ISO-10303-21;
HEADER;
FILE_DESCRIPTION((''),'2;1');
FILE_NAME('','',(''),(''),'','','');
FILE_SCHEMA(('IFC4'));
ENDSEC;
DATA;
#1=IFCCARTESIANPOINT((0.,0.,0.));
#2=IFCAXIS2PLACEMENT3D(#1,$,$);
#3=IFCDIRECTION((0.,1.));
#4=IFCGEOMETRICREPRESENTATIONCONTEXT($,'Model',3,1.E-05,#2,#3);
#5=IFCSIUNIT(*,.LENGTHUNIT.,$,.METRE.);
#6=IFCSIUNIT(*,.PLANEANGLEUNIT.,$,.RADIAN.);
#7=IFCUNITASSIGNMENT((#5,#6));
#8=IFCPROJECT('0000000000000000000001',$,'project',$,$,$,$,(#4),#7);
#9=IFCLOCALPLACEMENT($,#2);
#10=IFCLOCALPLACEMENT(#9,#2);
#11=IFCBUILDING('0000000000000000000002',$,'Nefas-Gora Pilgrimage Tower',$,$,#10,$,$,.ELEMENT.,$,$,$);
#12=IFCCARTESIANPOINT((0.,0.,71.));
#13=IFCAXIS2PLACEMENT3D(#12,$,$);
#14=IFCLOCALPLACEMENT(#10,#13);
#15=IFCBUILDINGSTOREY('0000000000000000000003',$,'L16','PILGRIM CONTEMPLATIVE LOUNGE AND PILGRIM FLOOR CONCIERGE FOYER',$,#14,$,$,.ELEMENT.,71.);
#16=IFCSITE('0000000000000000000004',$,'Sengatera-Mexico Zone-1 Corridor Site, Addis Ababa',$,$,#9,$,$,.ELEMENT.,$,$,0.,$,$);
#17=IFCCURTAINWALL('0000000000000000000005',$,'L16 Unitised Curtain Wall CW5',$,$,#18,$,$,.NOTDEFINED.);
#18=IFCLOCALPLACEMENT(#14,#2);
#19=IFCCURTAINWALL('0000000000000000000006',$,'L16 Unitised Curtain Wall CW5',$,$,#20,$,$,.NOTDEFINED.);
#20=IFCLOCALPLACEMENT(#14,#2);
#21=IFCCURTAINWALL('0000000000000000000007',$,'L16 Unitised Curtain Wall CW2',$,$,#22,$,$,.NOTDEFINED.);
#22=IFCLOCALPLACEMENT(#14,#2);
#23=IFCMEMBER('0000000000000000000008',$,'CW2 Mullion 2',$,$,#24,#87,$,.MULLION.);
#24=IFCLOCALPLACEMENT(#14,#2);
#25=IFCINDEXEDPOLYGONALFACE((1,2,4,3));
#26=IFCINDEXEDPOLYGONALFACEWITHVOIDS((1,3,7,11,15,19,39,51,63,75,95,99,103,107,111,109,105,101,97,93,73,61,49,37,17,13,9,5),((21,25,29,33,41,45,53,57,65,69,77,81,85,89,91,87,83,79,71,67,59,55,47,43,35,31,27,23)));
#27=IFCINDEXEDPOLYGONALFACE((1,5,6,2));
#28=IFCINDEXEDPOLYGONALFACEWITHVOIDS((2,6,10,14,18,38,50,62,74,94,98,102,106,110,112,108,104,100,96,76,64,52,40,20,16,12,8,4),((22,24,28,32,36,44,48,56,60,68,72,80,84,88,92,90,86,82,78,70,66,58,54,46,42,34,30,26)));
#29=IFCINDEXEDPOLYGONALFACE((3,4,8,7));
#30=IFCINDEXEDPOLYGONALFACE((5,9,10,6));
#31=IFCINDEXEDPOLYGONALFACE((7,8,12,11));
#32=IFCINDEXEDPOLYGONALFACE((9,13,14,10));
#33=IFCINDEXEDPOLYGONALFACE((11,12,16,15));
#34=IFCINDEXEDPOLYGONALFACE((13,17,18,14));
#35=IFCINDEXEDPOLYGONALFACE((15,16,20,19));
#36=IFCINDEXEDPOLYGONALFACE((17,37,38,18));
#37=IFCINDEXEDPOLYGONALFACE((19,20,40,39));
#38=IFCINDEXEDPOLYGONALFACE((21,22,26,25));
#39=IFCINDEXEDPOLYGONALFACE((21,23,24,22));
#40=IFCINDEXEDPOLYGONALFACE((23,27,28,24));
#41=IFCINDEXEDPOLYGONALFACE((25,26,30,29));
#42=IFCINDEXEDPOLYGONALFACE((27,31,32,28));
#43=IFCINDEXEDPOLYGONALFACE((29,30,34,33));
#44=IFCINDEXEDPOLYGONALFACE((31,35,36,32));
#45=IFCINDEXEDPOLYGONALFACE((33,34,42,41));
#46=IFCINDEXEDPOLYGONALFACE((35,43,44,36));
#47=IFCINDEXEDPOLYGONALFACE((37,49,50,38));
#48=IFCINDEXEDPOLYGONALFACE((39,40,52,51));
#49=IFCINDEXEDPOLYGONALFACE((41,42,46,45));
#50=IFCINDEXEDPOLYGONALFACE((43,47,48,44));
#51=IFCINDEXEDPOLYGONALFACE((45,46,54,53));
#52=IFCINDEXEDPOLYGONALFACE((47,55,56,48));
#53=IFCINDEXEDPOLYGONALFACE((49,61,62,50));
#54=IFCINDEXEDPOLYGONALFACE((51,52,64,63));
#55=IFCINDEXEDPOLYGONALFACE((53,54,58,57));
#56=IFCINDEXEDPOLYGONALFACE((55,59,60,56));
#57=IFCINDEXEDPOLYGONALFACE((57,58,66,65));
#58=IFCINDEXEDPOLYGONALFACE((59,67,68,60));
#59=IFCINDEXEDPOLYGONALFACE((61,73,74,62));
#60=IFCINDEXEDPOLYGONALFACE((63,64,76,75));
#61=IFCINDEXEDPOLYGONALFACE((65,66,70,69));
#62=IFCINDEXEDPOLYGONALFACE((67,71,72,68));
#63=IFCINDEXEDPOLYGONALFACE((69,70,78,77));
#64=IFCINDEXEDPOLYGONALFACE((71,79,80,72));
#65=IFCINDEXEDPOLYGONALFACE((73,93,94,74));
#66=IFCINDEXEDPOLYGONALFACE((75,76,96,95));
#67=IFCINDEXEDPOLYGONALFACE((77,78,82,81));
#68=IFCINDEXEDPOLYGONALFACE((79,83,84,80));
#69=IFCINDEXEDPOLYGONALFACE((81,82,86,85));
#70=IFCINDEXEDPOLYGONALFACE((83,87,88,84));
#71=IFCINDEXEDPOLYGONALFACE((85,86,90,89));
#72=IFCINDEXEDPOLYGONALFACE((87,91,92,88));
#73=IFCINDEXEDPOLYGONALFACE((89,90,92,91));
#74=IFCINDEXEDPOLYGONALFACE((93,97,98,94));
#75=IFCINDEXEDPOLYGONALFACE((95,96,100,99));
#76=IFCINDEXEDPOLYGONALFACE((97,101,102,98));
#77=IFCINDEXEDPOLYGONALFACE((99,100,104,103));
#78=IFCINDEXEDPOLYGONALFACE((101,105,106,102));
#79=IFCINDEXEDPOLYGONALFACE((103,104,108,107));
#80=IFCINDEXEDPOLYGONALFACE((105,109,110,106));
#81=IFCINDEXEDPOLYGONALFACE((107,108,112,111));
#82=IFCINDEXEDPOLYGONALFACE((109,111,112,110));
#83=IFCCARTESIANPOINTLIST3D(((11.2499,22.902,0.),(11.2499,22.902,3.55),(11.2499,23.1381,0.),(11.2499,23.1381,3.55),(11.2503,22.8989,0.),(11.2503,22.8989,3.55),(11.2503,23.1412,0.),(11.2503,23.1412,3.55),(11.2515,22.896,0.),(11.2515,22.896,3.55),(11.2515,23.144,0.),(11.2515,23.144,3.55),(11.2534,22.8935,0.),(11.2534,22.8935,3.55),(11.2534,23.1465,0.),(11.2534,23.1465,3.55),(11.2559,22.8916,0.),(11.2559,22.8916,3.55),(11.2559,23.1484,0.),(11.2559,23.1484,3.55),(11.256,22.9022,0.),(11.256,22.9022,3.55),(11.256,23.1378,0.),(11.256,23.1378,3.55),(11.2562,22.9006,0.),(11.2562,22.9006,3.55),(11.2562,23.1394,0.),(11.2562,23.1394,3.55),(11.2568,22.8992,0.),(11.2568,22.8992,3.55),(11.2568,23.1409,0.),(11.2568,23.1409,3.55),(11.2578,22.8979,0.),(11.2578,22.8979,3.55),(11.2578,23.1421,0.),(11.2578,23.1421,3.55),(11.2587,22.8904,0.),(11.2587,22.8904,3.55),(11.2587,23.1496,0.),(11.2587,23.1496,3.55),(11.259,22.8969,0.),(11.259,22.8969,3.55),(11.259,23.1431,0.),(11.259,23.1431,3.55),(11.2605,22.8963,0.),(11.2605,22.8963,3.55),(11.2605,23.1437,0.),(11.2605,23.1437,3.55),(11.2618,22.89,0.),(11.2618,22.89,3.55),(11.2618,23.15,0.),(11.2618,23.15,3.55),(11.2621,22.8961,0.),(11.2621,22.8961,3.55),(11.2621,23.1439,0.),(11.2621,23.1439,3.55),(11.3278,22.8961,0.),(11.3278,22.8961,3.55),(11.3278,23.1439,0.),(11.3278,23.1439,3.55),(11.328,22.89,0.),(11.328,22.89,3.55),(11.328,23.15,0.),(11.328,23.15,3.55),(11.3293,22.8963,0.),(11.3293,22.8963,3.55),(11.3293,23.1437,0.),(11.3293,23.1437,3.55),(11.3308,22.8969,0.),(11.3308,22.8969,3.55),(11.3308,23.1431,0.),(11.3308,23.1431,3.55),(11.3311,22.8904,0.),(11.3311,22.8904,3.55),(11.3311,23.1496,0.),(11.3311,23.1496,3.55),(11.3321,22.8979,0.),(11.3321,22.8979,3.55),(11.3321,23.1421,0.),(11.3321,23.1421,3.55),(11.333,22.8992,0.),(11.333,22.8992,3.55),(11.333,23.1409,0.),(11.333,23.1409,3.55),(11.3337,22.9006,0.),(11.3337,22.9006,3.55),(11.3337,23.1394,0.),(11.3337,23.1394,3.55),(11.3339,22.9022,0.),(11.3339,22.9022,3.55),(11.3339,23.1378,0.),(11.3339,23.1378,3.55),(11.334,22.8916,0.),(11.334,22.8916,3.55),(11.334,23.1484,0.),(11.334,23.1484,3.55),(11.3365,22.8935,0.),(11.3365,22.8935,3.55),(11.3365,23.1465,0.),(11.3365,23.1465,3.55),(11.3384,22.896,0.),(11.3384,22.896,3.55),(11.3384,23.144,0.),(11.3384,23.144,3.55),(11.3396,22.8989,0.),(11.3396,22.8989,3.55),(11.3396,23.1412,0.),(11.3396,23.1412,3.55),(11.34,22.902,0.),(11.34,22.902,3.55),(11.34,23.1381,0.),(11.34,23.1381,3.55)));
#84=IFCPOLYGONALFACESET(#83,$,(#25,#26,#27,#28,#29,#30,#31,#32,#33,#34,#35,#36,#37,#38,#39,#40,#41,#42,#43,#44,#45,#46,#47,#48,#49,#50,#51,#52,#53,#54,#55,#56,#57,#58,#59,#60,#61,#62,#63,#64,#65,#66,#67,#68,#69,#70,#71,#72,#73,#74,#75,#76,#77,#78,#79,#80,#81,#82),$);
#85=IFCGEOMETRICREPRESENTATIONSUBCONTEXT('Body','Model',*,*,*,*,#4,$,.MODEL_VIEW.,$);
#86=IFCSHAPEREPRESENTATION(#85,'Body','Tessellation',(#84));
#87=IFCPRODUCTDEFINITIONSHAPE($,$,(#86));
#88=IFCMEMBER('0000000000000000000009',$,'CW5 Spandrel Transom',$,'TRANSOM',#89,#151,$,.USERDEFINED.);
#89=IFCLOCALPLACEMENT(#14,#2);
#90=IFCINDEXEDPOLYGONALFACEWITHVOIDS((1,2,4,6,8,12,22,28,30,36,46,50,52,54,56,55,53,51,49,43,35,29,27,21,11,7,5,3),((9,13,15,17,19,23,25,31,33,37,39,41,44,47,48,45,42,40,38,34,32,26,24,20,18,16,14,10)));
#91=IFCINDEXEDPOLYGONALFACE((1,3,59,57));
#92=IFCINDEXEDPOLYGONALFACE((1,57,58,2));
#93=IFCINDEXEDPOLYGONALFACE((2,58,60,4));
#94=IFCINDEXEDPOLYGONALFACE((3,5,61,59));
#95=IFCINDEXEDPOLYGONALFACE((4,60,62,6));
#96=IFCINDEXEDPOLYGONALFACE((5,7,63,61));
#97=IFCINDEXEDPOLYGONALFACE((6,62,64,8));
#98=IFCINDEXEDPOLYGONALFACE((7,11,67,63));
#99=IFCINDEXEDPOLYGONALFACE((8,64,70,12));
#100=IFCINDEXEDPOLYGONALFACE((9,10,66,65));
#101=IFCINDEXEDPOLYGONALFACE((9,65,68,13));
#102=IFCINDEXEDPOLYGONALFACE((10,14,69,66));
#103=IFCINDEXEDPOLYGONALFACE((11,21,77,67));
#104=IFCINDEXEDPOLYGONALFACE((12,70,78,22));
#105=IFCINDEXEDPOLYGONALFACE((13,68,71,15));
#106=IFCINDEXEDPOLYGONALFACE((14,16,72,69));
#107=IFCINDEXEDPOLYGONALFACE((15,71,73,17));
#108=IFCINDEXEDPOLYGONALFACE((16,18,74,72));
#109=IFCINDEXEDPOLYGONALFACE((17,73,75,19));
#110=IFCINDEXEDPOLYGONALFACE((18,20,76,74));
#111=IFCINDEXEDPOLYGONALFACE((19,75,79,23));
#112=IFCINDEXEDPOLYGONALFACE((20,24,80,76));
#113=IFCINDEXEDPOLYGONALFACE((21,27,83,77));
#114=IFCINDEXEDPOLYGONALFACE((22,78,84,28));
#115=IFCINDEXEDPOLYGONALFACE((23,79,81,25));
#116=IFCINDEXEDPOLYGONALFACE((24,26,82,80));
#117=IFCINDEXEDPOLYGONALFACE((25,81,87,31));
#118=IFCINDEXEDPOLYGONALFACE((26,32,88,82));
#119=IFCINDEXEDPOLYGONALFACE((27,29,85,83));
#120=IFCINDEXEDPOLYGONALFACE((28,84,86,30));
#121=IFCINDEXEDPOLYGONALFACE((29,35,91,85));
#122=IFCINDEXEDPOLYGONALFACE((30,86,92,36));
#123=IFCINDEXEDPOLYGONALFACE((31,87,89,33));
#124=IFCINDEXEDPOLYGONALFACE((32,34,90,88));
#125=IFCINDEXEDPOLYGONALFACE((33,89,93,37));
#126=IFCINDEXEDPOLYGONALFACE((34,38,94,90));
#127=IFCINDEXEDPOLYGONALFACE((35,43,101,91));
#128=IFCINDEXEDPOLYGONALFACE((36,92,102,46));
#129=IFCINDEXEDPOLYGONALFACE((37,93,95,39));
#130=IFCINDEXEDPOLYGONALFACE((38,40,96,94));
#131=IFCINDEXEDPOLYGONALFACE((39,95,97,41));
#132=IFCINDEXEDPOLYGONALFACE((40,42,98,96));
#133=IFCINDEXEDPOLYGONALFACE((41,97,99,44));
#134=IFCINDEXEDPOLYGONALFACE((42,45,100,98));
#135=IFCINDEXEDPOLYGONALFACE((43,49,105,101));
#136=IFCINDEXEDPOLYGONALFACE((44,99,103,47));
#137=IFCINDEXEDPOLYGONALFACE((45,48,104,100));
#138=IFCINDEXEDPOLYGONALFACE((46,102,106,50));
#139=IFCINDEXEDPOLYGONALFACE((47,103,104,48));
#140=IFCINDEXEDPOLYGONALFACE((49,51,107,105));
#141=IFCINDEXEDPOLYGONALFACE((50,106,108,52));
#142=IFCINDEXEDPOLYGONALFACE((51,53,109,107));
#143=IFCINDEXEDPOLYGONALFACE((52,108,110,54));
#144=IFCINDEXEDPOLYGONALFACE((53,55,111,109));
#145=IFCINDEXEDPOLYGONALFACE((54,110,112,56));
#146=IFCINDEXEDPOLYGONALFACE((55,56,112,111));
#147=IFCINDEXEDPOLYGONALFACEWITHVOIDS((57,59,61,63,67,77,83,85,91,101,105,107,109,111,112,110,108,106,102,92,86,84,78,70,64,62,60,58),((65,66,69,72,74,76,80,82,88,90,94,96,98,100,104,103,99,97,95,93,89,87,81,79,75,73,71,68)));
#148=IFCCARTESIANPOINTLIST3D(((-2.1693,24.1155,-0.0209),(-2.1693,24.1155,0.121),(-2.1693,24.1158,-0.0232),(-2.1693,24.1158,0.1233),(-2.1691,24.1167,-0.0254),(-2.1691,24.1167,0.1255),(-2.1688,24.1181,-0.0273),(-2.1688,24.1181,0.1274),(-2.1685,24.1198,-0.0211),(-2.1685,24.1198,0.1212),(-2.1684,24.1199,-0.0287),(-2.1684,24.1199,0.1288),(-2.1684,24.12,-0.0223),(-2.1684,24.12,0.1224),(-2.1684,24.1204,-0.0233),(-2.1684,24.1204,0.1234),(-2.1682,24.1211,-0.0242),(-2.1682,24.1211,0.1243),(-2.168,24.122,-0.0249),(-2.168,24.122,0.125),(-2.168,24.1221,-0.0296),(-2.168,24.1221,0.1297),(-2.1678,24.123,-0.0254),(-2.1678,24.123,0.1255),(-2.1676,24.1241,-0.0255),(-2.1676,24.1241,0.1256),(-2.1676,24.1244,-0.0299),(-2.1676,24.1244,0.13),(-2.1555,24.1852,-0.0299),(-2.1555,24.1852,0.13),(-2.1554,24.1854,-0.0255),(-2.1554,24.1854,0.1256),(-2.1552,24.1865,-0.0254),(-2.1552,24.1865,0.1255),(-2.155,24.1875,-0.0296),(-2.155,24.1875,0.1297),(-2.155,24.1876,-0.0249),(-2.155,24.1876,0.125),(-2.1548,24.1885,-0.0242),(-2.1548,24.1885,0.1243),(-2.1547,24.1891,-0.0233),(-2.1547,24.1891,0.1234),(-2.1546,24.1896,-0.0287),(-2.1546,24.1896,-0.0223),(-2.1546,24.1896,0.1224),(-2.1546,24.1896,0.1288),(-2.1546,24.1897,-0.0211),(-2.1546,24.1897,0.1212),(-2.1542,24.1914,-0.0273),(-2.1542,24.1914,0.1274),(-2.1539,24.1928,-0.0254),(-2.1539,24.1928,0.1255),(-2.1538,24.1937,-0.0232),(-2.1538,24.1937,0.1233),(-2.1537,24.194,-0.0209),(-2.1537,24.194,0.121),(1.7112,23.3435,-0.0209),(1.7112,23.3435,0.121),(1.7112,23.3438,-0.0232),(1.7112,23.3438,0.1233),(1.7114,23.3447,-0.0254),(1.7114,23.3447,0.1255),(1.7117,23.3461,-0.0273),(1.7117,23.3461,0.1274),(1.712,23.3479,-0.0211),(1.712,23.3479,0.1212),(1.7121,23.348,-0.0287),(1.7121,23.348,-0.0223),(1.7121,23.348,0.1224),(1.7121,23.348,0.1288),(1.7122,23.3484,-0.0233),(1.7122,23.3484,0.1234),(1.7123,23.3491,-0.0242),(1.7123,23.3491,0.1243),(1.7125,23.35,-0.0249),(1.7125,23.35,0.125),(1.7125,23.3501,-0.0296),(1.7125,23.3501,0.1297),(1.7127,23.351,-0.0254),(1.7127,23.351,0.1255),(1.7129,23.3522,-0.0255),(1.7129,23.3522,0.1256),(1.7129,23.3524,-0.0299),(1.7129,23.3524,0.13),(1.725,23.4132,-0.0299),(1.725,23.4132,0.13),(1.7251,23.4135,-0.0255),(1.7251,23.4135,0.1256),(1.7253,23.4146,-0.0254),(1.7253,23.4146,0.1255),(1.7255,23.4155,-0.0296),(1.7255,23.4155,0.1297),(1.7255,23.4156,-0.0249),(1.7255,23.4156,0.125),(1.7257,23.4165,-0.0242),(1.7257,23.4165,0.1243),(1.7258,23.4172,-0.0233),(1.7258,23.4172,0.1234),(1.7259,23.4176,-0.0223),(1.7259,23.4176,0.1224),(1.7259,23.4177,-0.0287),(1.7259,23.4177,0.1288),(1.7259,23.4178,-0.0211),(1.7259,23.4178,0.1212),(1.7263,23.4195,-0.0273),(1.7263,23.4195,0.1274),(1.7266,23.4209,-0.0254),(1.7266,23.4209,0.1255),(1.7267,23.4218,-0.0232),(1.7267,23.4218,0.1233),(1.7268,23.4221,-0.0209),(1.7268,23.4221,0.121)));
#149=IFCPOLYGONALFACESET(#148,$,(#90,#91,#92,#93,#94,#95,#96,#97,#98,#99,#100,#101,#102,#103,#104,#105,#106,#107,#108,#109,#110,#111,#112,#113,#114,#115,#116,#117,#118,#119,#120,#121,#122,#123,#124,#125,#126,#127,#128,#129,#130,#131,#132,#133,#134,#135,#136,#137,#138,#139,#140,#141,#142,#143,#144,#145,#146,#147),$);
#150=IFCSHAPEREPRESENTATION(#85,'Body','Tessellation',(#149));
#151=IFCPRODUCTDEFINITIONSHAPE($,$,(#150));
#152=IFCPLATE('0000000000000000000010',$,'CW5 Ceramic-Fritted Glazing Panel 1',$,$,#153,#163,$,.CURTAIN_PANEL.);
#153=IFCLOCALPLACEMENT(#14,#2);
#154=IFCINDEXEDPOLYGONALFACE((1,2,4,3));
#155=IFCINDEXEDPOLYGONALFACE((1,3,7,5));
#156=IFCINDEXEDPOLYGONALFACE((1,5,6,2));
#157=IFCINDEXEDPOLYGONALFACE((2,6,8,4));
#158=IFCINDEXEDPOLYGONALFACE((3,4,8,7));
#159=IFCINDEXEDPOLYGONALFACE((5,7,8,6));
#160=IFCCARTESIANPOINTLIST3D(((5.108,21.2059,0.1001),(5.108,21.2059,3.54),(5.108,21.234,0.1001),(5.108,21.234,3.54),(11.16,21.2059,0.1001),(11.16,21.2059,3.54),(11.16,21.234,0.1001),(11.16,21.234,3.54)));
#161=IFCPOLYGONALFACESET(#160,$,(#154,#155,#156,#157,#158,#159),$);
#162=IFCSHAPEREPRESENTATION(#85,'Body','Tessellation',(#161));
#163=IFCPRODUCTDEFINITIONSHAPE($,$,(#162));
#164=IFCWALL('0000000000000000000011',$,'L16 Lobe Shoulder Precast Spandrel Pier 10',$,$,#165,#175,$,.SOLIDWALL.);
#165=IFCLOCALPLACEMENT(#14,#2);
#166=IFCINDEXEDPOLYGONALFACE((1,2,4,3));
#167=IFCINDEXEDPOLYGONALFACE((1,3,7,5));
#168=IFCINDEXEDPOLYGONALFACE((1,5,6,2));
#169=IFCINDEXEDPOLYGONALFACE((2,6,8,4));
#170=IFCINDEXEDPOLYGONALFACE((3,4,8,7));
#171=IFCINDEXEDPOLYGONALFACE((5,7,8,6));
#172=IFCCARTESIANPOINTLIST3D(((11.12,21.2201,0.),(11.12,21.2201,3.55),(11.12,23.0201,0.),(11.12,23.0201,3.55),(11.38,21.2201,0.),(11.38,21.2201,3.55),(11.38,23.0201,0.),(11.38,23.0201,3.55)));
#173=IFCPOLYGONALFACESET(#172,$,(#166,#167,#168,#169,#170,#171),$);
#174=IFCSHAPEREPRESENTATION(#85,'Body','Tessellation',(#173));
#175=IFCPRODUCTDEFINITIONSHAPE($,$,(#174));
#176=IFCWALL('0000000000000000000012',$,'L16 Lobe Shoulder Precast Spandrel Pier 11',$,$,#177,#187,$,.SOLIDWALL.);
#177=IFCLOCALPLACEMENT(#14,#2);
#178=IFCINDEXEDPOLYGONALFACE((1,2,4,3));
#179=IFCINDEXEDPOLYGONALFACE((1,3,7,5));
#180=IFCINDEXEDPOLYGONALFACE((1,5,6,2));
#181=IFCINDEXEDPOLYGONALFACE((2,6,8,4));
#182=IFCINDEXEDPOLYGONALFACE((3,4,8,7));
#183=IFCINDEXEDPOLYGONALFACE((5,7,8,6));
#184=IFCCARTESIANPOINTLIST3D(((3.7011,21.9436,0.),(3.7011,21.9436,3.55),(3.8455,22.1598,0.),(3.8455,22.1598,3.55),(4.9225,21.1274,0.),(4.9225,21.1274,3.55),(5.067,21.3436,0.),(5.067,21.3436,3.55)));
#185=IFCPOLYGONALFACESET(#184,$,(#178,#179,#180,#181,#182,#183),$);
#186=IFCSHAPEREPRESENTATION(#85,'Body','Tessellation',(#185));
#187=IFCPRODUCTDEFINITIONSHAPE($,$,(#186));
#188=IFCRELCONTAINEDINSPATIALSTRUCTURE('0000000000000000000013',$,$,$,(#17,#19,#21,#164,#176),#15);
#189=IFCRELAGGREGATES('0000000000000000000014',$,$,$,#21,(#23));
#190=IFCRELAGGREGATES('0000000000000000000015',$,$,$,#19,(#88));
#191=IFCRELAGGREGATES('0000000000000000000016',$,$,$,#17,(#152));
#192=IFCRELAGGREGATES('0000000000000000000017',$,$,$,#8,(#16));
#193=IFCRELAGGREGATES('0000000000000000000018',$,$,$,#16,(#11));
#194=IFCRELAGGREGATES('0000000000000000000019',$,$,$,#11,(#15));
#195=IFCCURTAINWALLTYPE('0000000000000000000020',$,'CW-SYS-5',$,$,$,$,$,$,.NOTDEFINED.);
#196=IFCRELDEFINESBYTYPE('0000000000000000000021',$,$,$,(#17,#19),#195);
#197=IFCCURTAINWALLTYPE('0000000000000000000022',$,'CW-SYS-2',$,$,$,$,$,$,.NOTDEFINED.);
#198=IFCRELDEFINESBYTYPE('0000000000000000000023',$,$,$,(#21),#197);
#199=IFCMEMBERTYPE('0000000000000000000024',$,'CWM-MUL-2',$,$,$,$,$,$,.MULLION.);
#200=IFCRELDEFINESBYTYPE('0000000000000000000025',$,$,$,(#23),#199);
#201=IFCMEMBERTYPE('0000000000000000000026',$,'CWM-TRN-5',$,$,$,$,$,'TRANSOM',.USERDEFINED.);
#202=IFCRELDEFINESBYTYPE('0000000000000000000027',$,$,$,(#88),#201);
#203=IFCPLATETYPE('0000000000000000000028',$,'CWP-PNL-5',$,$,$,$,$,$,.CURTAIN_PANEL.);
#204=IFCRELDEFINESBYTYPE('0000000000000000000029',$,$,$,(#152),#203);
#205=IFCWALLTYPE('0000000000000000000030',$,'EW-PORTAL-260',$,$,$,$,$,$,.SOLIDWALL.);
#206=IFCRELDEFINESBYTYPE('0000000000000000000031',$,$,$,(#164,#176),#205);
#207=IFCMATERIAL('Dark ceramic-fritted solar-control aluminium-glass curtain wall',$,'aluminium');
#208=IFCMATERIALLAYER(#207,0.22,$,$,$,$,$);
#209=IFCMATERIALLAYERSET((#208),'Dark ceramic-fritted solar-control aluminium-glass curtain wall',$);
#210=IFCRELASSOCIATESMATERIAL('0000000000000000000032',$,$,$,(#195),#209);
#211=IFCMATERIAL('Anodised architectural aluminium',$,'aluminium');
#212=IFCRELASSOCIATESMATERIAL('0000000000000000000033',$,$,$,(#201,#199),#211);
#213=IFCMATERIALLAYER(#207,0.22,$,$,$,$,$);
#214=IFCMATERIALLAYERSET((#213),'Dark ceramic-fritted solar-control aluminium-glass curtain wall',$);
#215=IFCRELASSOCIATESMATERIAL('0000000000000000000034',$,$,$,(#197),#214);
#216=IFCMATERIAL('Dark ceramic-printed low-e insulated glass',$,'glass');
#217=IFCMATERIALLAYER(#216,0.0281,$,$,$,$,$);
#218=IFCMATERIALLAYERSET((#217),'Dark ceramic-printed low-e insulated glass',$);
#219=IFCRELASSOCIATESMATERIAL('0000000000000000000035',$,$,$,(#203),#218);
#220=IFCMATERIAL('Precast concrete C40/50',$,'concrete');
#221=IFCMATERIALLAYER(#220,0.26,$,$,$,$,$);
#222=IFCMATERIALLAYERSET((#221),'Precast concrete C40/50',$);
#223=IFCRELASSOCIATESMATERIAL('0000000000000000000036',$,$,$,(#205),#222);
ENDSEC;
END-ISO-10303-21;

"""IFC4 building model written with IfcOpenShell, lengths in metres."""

from ifc_helpers import new_model, si_unit, direction, frame, frame_2d, origin, origin_2d, place, context, subcontext, project, spatial, rectangle, hollow_rectangle, extrude, source, transform, mapped, material, layer, layer_set, material_profile, profile_set, type_object, element, aggregate, save


model = new_model("IFC4")

# Units and contexts
model_context = context("Model", 3, precision=1e-05, world=origin(), true_north=direction((0.0, 1.0)))
body_context = subcontext(model_context, "Body", "Model", "MODEL_VIEW")
ifc_project = project(units=[si_unit("LENGTHUNIT", "METRE"), si_unit("PLANEANGLEUNIT", "RADIAN")], contexts=[model_context])

# Site, building, storey
site_placement = place(None, origin())
site = spatial("IfcSite", under=ifc_project, at=site_placement, Name="Sengatera-Mexico Zone-1 Corridor Site, Addis Ababa", CompositionType="ELEMENT", RefElevation=0.0)
building_placement = place(site_placement, origin())
building = spatial("IfcBuilding", under=site, at=building_placement, Name="Nefas-Gora Pilgrimage Tower", CompositionType="ELEMENT")
storey_placement = place(building_placement, frame((0.0, 0.0, 71.0)))
storey = spatial("IfcBuildingStorey", under=building, at=storey_placement, Name="L16", Description="PILGRIM CONTEMPLATIVE LOUNGE AND PILGRIM FLOOR CONCIERGE FOYER", CompositionType="ELEMENT", Elevation=71.0)

# Curtain wall
ifc_material_1 = material(Name="Dark ceramic-fritted solar-control aluminium-glass curtain wall", Category="aluminium")
ifc_layer_1 = layer(ifc_material_1, 0.22)
ifc_layer_set_1 = layer_set([ifc_layer_1], Name="Dark ceramic-fritted solar-control aluminium-glass curtain wall")
curtain_wall_type_1 = type_object("IfcCurtainWallType", Name="CW-SYS-5", PredefinedType="NOTDEFINED", material=ifc_layer_set_1)
curtain_wall_1_placement = place(storey_placement, origin())
curtain_wall_1 = element("IfcCurtainWall", 1, at=curtain_wall_1_placement, inside=storey, type_object=curtain_wall_type_1, Name="L16 Unitised Curtain Wall CW5", PredefinedType="NOTDEFINED")
ifc_material_2 = material(Name="Anodised architectural aluminium", Category="aluminium")

# Curtain wall
curtain_wall_2_placement = place(storey_placement, origin())
curtain_wall_2 = element("IfcCurtainWall", 2, at=curtain_wall_2_placement, inside=storey, type_object=curtain_wall_type_1, Name="L16 Unitised Curtain Wall CW5", PredefinedType="NOTDEFINED")

# Shared definitions
ifc_material_profile_1 = material_profile(ifc_material_2, hollow_rectangle(XDim=0.0801, YDim=0.1599, WallThickness=0.0044, InnerFilletRadius=0.0044, OuterFilletRadius=0.009, at=origin_2d()), Name="ALU TRANSOM 80x160")
ifc_profile_set_1 = profile_set([ifc_material_profile_1], Name="Anodised architectural aluminium")
member_type_1 = type_object("IfcMemberType", Name="CWM-TRN-5", ElementType="TRANSOM", PredefinedType="USERDEFINED", material=ifc_profile_set_1)

# Curtain wall, member
ifc_layer_2 = layer(ifc_material_1, 0.22)
ifc_layer_set_2 = layer_set([ifc_layer_2], Name="Dark ceramic-fritted solar-control aluminium-glass curtain wall")
curtain_wall_type_2 = type_object("IfcCurtainWallType", Name="CW-SYS-2", PredefinedType="NOTDEFINED", material=ifc_layer_set_2)
curtain_wall_3_placement = place(storey_placement, origin())
curtain_wall_3 = element("IfcCurtainWall", 3, at=curtain_wall_3_placement, inside=storey, type_object=curtain_wall_type_2, Name="L16 Unitised Curtain Wall CW2", PredefinedType="NOTDEFINED")
ifc_material_profile_2 = material_profile(ifc_material_2, hollow_rectangle(XDim=0.0901, YDim=0.26, WallThickness=0.0061, InnerFilletRadius=0.0061, OuterFilletRadius=0.012, at=origin_2d()), Name="ALU MULLION 90x260")
ifc_profile_set_2 = profile_set([ifc_material_profile_2], Name="Anodised architectural aluminium")
member_type_2 = type_object("IfcMemberType", Name="CWM-MUL-2", PredefinedType="MULLION", material=ifc_profile_set_2)
shared_shape_1 = source(origin(), body_context, "Body", "SweptSolid", [
    extrude(hollow_rectangle(XDim=0.0901, YDim=0.26, WallThickness=0.0061, InnerFilletRadius=0.0061, OuterFilletRadius=0.012, at=origin_2d()), origin(), (0.0, 0.0, 1.0), 3.55),
])
member_1_placement = place(storey_placement, frame((11.2949, 23.02, 0.0), z_axis=(0.0, 0.0, 1.0), x_axis=(-1.0, 0.0, 0.0)))
member_1 = element("IfcMember", 4, at=member_1_placement, type_object=member_type_2, Name="CW2 Mullion 2", PredefinedType="MULLION", context=body_context, shape_type="MappedRepresentation", body=[
    mapped(shared_shape_1, transform((0.0, 0.0, 0.0), x_axis=(1.0, 0.0, 0.0), y_axis=(0.0, 1.0, 0.0), z_axis=(0.0, 0.0, 1.0), scale=1.0)),
])
aggregate(curtain_wall_3, [member_1])

# Member
shared_shape_2 = source(origin(), body_context, "Body", "SweptSolid", [
    extrude(hollow_rectangle(XDim=0.0801, YDim=0.1599, WallThickness=0.0044, InnerFilletRadius=0.0044, OuterFilletRadius=0.009, at=origin_2d()), origin(), (0.0, 0.0, 1.0), 3.9565),
])
member_2_placement = place(storey_placement, frame((1.719, 23.3828, 0.05), z_axis=(-0.980782, 0.195107, 0.0), x_axis=(-0.195107, -0.980782, 0.0)))
member_2 = element("IfcMember", 5, at=member_2_placement, type_object=member_type_1, Name="CW5 Spandrel Transom", ObjectType="TRANSOM", PredefinedType="USERDEFINED", context=body_context, shape_type="MappedRepresentation", body=[
    mapped(shared_shape_2, transform((0.0, 0.0, 0.0), x_axis=(1.0, 0.0, 0.0), y_axis=(0.0, 1.0, 0.0), z_axis=(0.0, 0.0, 1.0), scale=1.0)),
])
aggregate(curtain_wall_2, [member_2])

# Plate
ifc_material_3 = material(Name="Dark ceramic-printed low-e insulated glass", Category="glass")
ifc_layer_3 = layer(ifc_material_3, 0.0281)
ifc_layer_set_3 = layer_set([ifc_layer_3], Name="Dark ceramic-printed low-e insulated glass")
plate_type = type_object("IfcPlateType", Name="CWP-PNL-5", PredefinedType="CURTAIN_PANEL", material=ifc_layer_set_3)
shared_shape_3 = source(origin(), body_context, "Body", "SweptSolid", [
    extrude(rectangle(XDim=6.052, YDim=0.0281, at=origin_2d()), origin(), (0.0, 0.0, 1.0), 3.4399),
])
plate_placement = place(storey_placement, frame((8.134, 21.22, 0.1001), z_axis=(0.0, 0.0, 1.0), x_axis=(-1.0, 0.0, 0.0)))
plate = element("IfcPlate", 6, at=plate_placement, type_object=plate_type, Name="CW5 Ceramic-Fritted Glazing Panel 1", PredefinedType="CURTAIN_PANEL", context=body_context, shape_type="MappedRepresentation", body=[
    mapped(shared_shape_3, transform((0.0, 0.0, 0.0), x_axis=(1.0, 0.0, 0.0), y_axis=(0.0, 1.0, 0.0), z_axis=(0.0, 0.0, 1.0), scale=1.0)),
])
aggregate(curtain_wall_1, [plate])

# Walls
ifc_material_4 = material(Name="Precast concrete C40/50", Category="concrete")
ifc_layer_4 = layer(ifc_material_4, 0.26)
ifc_layer_set_4 = layer_set([ifc_layer_4], Name="Precast concrete C40/50")
wall_type_1 = type_object("IfcWallType", Name="EW-PORTAL-260", PredefinedType="SOLIDWALL", material=ifc_layer_set_4)
shared_shape_4 = source(origin(), body_context, "Body", "SweptSolid", [
    extrude(rectangle(XDim=1.8, YDim=0.26, at=frame_2d((0.8999, 0.0))), origin(), (0.0, 0.0, 1.0), 3.55),
])
wall_1_placement = place(storey_placement, frame((11.25, 23.02, 0.0), z_axis=(0.0, 0.0, 1.0), x_axis=(0.0, -1.0, 0.0)))
element("IfcWall", 7, at=wall_1_placement, inside=storey, type_object=wall_type_1, Name="L16 Lobe Shoulder Precast Spandrel Pier 10", PredefinedType="SOLIDWALL", context=body_context, shape_type="MappedRepresentation", body=[
    mapped(shared_shape_4, transform((0.0, 0.0, 0.0), x_axis=(1.0, 0.0, 0.0), y_axis=(0.0, 1.0, 0.0), z_axis=(0.0, 0.0, 1.0), scale=1.0)),
])
shared_shape_5 = source(origin(), body_context, "Body", "SweptSolid", [
    extrude(rectangle(XDim=1.469, YDim=0.26, at=frame_2d((0.7344, 0.0))), origin(), (0.0, 0.0, 1.0), 3.55),
])
wall_2_placement = place(storey_placement, frame((4.9946, 21.2356, 0.0), z_axis=(0.0, 0.0, 1.0), x_axis=(-0.831462, 0.555582, 0.0)))
element("IfcWall", 8, at=wall_2_placement, inside=storey, type_object=wall_type_1, Name="L16 Lobe Shoulder Precast Spandrel Pier 11", PredefinedType="SOLIDWALL", context=body_context, shape_type="MappedRepresentation", body=[
    mapped(shared_shape_5, transform((0.0, 0.0, 0.0), x_axis=(1.0, 0.0, 0.0), y_axis=(0.0, 1.0, 0.0), z_axis=(0.0, 0.0, 1.0), scale=1.0)),
])

save(model, "model.ifc")
